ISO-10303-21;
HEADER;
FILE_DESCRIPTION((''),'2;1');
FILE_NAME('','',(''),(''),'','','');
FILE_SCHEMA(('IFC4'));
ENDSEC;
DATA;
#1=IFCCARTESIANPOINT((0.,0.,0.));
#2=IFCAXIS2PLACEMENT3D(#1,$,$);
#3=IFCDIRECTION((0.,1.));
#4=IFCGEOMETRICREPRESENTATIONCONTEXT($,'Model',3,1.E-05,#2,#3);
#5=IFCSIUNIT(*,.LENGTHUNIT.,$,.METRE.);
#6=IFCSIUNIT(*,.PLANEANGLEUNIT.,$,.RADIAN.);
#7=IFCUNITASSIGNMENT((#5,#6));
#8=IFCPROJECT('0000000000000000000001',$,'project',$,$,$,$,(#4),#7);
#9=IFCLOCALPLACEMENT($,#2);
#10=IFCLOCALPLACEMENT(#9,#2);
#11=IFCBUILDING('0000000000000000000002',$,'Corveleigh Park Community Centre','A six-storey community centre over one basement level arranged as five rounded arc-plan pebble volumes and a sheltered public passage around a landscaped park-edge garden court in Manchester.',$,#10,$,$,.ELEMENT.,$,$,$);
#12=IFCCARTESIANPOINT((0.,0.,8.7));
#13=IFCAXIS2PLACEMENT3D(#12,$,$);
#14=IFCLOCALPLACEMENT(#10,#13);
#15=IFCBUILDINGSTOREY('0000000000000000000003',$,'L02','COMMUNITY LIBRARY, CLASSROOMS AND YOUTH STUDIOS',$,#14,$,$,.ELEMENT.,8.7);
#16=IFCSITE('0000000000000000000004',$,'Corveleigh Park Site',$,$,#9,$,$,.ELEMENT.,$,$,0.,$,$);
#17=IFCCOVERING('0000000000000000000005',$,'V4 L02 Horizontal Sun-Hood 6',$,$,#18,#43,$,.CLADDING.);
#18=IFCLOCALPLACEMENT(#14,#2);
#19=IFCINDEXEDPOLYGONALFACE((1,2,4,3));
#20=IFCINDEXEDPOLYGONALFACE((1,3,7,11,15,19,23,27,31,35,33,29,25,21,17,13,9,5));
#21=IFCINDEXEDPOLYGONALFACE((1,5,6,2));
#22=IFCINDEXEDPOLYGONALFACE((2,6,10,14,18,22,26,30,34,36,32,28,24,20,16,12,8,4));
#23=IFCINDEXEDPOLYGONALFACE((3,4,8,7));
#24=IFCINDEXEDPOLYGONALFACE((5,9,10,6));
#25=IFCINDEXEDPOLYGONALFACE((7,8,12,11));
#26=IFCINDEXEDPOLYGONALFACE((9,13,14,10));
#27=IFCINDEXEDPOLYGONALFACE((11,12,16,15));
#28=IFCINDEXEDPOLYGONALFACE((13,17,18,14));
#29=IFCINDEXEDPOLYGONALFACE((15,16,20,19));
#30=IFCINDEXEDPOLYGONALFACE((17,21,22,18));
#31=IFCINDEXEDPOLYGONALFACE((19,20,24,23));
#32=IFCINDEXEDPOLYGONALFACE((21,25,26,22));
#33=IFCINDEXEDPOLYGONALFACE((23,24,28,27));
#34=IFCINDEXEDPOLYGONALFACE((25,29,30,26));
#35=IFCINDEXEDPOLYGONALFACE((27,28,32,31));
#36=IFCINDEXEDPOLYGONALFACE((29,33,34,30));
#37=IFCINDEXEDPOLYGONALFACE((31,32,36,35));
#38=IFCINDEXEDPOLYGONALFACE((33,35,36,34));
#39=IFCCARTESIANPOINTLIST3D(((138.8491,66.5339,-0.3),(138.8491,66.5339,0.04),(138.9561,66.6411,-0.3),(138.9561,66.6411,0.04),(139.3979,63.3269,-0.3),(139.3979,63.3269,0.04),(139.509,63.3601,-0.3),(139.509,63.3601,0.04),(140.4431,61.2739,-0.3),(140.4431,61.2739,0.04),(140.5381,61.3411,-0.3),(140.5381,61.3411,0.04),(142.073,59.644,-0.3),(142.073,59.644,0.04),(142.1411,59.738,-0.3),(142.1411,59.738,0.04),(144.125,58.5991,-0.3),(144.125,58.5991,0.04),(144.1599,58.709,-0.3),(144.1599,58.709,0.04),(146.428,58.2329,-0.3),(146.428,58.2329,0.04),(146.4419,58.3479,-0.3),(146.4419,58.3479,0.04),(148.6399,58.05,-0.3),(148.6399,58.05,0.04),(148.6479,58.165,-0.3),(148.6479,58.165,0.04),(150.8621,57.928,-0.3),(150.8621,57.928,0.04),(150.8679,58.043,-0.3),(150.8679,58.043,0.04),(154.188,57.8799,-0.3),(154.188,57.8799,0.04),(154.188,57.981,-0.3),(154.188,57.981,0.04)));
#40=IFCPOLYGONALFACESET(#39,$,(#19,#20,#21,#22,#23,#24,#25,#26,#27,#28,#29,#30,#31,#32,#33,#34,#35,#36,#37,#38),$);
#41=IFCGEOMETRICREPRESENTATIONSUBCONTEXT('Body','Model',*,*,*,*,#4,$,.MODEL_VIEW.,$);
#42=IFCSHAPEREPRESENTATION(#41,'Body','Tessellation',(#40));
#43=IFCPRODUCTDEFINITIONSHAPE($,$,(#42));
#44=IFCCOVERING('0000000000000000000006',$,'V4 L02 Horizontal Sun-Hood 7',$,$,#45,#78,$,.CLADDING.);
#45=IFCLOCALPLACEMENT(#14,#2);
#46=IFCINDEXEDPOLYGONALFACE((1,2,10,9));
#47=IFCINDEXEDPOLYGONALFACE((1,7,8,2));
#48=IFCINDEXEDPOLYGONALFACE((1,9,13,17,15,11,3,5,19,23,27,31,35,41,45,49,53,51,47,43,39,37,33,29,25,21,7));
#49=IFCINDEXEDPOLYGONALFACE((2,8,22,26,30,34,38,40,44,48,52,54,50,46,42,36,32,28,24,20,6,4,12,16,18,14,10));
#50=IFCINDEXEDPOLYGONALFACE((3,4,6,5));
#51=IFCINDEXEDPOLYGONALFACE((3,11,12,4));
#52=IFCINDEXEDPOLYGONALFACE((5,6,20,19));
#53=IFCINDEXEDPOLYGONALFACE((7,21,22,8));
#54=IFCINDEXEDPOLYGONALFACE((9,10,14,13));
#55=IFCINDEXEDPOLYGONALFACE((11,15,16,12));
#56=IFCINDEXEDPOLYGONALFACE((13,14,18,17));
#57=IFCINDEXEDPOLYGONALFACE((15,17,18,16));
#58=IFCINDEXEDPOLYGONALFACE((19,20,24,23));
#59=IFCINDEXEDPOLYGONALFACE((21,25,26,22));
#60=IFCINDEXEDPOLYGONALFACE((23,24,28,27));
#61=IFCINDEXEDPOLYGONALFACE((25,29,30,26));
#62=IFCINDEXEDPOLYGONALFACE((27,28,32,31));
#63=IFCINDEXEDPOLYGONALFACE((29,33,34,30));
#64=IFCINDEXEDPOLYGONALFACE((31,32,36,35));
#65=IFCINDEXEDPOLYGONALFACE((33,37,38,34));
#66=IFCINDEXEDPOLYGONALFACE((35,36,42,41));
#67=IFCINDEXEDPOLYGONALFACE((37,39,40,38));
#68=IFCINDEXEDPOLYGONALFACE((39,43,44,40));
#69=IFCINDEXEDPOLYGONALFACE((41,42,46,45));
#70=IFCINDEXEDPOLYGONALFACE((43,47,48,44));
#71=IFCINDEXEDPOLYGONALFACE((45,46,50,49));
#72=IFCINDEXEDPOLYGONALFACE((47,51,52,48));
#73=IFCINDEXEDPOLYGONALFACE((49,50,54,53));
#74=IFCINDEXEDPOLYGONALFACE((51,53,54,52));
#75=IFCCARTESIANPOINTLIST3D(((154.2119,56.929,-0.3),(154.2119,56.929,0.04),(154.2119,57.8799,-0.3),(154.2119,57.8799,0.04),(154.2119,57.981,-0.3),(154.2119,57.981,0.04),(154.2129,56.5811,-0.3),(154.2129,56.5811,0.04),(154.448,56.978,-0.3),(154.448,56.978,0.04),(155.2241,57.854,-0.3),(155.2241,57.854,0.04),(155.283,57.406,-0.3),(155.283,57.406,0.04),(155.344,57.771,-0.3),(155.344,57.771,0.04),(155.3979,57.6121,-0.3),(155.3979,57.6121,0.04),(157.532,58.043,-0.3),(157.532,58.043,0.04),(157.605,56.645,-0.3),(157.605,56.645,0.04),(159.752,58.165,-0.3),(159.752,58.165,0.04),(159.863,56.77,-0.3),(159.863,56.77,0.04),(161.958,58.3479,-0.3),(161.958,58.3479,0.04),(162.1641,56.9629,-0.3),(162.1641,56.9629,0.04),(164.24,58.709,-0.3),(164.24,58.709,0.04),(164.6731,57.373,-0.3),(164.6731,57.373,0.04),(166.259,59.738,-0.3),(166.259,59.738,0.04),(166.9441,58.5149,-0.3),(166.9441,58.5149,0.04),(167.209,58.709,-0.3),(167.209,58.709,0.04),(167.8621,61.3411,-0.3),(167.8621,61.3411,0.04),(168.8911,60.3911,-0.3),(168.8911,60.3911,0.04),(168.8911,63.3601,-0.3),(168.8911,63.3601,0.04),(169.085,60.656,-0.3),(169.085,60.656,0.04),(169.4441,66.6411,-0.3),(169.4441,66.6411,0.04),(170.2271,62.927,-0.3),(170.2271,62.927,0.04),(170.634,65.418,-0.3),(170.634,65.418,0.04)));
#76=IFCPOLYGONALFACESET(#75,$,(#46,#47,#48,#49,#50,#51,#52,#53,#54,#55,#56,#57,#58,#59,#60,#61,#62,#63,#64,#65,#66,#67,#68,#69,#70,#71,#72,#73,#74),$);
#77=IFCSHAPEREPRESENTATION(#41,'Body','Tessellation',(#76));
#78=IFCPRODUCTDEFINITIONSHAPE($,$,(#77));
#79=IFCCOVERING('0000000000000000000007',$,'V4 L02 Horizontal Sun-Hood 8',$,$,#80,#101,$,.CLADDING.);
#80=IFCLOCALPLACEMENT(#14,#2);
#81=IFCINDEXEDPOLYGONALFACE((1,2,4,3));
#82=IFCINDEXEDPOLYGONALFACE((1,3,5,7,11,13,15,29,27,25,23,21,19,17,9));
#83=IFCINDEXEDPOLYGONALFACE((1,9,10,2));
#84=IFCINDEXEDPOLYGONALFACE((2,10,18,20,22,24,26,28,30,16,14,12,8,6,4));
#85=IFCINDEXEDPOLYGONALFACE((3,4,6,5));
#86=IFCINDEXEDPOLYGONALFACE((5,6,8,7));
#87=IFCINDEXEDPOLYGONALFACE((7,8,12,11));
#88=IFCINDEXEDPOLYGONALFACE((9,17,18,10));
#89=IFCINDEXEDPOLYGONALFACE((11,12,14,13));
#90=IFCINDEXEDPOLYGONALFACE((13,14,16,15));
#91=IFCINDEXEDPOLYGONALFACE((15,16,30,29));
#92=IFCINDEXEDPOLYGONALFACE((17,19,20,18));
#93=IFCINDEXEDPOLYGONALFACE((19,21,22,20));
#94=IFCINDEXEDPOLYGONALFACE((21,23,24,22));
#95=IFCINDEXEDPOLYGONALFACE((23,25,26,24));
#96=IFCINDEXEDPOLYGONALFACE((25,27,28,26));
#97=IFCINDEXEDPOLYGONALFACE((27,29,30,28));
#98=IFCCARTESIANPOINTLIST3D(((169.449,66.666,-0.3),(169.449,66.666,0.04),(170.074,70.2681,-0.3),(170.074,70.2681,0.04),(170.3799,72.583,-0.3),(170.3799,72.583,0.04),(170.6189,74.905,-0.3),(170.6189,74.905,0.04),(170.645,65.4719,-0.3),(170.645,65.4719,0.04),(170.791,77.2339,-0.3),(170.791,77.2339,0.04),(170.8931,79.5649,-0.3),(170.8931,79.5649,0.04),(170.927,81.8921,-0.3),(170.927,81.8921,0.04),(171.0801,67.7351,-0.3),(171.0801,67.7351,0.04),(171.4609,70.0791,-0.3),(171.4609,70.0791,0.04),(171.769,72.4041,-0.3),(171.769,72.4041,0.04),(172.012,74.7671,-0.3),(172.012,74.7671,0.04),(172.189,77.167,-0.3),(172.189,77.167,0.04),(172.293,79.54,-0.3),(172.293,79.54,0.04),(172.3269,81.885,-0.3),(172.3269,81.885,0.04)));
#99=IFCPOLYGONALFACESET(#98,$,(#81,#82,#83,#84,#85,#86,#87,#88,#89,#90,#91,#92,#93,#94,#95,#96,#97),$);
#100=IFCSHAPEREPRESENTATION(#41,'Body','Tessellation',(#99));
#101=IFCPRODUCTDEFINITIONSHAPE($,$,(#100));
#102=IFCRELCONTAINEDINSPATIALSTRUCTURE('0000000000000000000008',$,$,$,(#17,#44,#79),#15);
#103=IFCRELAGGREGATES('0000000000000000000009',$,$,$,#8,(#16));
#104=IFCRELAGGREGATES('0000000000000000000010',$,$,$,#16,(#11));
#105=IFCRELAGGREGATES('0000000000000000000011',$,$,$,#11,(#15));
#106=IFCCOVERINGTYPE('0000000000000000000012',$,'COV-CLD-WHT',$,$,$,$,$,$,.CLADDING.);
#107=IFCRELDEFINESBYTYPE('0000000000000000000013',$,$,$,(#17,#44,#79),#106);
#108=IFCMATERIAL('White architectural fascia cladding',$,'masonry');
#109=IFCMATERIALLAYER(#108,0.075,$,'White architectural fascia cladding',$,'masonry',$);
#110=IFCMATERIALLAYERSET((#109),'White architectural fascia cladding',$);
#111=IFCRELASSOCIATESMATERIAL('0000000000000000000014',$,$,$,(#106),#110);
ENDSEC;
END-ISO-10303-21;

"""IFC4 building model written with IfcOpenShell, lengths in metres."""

from ifc_helpers import new_model, si_unit, direction, frame, origin, place, context, subcontext, project, spatial, polyline, outline, extrude, material, layer, layer_set, type_object, element, save


model = new_model("IFC4")

# Units and contexts
model_context = context("Model", 3, precision=1e-05, world=origin(), true_north=direction((0.0, 1.0)))
body_context = subcontext(model_context, "Body", "Model", "MODEL_VIEW")
ifc_project = project(units=[si_unit("LENGTHUNIT", "METRE"), si_unit("PLANEANGLEUNIT", "RADIAN")], contexts=[model_context])

# Site, building, storey
site_placement = place(None, origin())
site = spatial("IfcSite", under=ifc_project, at=site_placement, Name="Corveleigh Park Site", CompositionType="ELEMENT", RefElevation=0.0)
building_placement = place(site_placement, origin())
building = spatial("IfcBuilding", under=site, at=building_placement, Name="Corveleigh Park Community Centre", Description="A six-storey community centre over one basement level arranged as five rounded arc-plan pebble volumes and a sheltered public passage around a landscaped park-edge garden court in Manchester.", CompositionType="ELEMENT")
storey_placement = place(building_placement, frame((0.0, 0.0, 8.7)))
storey = spatial("IfcBuildingStorey", under=building, at=storey_placement, Name="L02", Description="COMMUNITY LIBRARY, CLASSROOMS AND YOUTH STUDIOS", CompositionType="ELEMENT", Elevation=8.7)

# Coverings
ifc_material_1 = material(Name="White architectural fascia cladding", Category="masonry")
ifc_layer_1 = layer(ifc_material_1, 0.075, Name="White architectural fascia cladding", Category="masonry")
ifc_layer_set_1 = layer_set([ifc_layer_1], Name="White architectural fascia cladding")
covering_type = type_object("IfcCoveringType", Name="COV-CLD-WHT", PredefinedType="CLADDING", material=ifc_layer_set_1)
covering_1_placement = place(storey_placement, frame((0.0, 0.0, -0.3)))
element("IfcCovering", 1, at=covering_1_placement, inside=storey, type_object=covering_type, Name="V4 L02 Horizontal Sun-Hood 6", PredefinedType="CLADDING", context=body_context, shape_type="SweptSolid", body=[
    extrude(outline(polyline([(150.8621, 57.928), (148.6399, 58.05), (146.428, 58.2329), (144.125, 58.5991), (142.073, 59.644), (140.4431, 61.2739), (139.3979, 63.3269), (138.8491, 66.5339), (138.9561, 66.6411), (139.509, 63.3601), (140.5381, 61.3411), (142.1411, 59.738), (144.1599, 58.709), (146.4419, 58.3479), (148.6479, 58.165), (150.8679, 58.043), (154.188, 57.981), (154.188, 57.8799), (150.8621, 57.928)])), origin(), (0.0, 0.0, 1.0), 0.3401),
])
covering_2_placement = place(storey_placement, frame((0.0, 0.0, -0.3)))
element("IfcCovering", 2, at=covering_2_placement, inside=storey, type_object=covering_type, Name="V4 L02 Horizontal Sun-Hood 7", PredefinedType="CLADDING", context=body_context, shape_type="SweptSolid", body=[
    extrude(outline(polyline([(170.634, 65.418), (170.2271, 62.927), (169.085, 60.656), (168.8911, 60.3911), (167.209, 58.709), (166.9441, 58.5149), (164.6731, 57.373), (162.1641, 56.9629), (159.863, 56.77), (157.605, 56.645), (154.2129, 56.5811), (154.2119, 56.929), (154.448, 56.978), (155.283, 57.406), (155.3979, 57.6121), (155.344, 57.771), (155.2241, 57.854), (154.2119, 57.8799), (154.2119, 57.981), (157.532, 58.043), (159.752, 58.165), (161.958, 58.3479), (164.24, 58.709), (166.259, 59.738), (167.8621, 61.3411), (168.8911, 63.3601), (169.4441, 66.6411), (170.634, 65.418)])), origin(), (0.0, 0.0, 1.0), 0.3401),
])
covering_3_placement = place(storey_placement, frame((0.0, 0.0, -0.3)))
element("IfcCovering", 3, at=covering_3_placement, inside=storey, type_object=covering_type, Name="V4 L02 Horizontal Sun-Hood 8", PredefinedType="CLADDING", context=body_context, shape_type="SweptSolid", body=[
    extrude(outline(polyline([(172.3269, 81.885), (172.293, 79.54), (172.189, 77.167), (172.012, 74.7671), (171.769, 72.4041), (171.4609, 70.0791), (171.0801, 67.7351), (170.645, 65.4719), (169.449, 66.666), (170.074, 70.2681), (170.3799, 72.583), (170.6189, 74.905), (170.791, 77.2339), (170.8931, 79.5649), (170.927, 81.8921), (172.3269, 81.885)])), origin(), (0.0, 0.0, 1.0), 0.3401),
])

save(model, "model.ifc")
